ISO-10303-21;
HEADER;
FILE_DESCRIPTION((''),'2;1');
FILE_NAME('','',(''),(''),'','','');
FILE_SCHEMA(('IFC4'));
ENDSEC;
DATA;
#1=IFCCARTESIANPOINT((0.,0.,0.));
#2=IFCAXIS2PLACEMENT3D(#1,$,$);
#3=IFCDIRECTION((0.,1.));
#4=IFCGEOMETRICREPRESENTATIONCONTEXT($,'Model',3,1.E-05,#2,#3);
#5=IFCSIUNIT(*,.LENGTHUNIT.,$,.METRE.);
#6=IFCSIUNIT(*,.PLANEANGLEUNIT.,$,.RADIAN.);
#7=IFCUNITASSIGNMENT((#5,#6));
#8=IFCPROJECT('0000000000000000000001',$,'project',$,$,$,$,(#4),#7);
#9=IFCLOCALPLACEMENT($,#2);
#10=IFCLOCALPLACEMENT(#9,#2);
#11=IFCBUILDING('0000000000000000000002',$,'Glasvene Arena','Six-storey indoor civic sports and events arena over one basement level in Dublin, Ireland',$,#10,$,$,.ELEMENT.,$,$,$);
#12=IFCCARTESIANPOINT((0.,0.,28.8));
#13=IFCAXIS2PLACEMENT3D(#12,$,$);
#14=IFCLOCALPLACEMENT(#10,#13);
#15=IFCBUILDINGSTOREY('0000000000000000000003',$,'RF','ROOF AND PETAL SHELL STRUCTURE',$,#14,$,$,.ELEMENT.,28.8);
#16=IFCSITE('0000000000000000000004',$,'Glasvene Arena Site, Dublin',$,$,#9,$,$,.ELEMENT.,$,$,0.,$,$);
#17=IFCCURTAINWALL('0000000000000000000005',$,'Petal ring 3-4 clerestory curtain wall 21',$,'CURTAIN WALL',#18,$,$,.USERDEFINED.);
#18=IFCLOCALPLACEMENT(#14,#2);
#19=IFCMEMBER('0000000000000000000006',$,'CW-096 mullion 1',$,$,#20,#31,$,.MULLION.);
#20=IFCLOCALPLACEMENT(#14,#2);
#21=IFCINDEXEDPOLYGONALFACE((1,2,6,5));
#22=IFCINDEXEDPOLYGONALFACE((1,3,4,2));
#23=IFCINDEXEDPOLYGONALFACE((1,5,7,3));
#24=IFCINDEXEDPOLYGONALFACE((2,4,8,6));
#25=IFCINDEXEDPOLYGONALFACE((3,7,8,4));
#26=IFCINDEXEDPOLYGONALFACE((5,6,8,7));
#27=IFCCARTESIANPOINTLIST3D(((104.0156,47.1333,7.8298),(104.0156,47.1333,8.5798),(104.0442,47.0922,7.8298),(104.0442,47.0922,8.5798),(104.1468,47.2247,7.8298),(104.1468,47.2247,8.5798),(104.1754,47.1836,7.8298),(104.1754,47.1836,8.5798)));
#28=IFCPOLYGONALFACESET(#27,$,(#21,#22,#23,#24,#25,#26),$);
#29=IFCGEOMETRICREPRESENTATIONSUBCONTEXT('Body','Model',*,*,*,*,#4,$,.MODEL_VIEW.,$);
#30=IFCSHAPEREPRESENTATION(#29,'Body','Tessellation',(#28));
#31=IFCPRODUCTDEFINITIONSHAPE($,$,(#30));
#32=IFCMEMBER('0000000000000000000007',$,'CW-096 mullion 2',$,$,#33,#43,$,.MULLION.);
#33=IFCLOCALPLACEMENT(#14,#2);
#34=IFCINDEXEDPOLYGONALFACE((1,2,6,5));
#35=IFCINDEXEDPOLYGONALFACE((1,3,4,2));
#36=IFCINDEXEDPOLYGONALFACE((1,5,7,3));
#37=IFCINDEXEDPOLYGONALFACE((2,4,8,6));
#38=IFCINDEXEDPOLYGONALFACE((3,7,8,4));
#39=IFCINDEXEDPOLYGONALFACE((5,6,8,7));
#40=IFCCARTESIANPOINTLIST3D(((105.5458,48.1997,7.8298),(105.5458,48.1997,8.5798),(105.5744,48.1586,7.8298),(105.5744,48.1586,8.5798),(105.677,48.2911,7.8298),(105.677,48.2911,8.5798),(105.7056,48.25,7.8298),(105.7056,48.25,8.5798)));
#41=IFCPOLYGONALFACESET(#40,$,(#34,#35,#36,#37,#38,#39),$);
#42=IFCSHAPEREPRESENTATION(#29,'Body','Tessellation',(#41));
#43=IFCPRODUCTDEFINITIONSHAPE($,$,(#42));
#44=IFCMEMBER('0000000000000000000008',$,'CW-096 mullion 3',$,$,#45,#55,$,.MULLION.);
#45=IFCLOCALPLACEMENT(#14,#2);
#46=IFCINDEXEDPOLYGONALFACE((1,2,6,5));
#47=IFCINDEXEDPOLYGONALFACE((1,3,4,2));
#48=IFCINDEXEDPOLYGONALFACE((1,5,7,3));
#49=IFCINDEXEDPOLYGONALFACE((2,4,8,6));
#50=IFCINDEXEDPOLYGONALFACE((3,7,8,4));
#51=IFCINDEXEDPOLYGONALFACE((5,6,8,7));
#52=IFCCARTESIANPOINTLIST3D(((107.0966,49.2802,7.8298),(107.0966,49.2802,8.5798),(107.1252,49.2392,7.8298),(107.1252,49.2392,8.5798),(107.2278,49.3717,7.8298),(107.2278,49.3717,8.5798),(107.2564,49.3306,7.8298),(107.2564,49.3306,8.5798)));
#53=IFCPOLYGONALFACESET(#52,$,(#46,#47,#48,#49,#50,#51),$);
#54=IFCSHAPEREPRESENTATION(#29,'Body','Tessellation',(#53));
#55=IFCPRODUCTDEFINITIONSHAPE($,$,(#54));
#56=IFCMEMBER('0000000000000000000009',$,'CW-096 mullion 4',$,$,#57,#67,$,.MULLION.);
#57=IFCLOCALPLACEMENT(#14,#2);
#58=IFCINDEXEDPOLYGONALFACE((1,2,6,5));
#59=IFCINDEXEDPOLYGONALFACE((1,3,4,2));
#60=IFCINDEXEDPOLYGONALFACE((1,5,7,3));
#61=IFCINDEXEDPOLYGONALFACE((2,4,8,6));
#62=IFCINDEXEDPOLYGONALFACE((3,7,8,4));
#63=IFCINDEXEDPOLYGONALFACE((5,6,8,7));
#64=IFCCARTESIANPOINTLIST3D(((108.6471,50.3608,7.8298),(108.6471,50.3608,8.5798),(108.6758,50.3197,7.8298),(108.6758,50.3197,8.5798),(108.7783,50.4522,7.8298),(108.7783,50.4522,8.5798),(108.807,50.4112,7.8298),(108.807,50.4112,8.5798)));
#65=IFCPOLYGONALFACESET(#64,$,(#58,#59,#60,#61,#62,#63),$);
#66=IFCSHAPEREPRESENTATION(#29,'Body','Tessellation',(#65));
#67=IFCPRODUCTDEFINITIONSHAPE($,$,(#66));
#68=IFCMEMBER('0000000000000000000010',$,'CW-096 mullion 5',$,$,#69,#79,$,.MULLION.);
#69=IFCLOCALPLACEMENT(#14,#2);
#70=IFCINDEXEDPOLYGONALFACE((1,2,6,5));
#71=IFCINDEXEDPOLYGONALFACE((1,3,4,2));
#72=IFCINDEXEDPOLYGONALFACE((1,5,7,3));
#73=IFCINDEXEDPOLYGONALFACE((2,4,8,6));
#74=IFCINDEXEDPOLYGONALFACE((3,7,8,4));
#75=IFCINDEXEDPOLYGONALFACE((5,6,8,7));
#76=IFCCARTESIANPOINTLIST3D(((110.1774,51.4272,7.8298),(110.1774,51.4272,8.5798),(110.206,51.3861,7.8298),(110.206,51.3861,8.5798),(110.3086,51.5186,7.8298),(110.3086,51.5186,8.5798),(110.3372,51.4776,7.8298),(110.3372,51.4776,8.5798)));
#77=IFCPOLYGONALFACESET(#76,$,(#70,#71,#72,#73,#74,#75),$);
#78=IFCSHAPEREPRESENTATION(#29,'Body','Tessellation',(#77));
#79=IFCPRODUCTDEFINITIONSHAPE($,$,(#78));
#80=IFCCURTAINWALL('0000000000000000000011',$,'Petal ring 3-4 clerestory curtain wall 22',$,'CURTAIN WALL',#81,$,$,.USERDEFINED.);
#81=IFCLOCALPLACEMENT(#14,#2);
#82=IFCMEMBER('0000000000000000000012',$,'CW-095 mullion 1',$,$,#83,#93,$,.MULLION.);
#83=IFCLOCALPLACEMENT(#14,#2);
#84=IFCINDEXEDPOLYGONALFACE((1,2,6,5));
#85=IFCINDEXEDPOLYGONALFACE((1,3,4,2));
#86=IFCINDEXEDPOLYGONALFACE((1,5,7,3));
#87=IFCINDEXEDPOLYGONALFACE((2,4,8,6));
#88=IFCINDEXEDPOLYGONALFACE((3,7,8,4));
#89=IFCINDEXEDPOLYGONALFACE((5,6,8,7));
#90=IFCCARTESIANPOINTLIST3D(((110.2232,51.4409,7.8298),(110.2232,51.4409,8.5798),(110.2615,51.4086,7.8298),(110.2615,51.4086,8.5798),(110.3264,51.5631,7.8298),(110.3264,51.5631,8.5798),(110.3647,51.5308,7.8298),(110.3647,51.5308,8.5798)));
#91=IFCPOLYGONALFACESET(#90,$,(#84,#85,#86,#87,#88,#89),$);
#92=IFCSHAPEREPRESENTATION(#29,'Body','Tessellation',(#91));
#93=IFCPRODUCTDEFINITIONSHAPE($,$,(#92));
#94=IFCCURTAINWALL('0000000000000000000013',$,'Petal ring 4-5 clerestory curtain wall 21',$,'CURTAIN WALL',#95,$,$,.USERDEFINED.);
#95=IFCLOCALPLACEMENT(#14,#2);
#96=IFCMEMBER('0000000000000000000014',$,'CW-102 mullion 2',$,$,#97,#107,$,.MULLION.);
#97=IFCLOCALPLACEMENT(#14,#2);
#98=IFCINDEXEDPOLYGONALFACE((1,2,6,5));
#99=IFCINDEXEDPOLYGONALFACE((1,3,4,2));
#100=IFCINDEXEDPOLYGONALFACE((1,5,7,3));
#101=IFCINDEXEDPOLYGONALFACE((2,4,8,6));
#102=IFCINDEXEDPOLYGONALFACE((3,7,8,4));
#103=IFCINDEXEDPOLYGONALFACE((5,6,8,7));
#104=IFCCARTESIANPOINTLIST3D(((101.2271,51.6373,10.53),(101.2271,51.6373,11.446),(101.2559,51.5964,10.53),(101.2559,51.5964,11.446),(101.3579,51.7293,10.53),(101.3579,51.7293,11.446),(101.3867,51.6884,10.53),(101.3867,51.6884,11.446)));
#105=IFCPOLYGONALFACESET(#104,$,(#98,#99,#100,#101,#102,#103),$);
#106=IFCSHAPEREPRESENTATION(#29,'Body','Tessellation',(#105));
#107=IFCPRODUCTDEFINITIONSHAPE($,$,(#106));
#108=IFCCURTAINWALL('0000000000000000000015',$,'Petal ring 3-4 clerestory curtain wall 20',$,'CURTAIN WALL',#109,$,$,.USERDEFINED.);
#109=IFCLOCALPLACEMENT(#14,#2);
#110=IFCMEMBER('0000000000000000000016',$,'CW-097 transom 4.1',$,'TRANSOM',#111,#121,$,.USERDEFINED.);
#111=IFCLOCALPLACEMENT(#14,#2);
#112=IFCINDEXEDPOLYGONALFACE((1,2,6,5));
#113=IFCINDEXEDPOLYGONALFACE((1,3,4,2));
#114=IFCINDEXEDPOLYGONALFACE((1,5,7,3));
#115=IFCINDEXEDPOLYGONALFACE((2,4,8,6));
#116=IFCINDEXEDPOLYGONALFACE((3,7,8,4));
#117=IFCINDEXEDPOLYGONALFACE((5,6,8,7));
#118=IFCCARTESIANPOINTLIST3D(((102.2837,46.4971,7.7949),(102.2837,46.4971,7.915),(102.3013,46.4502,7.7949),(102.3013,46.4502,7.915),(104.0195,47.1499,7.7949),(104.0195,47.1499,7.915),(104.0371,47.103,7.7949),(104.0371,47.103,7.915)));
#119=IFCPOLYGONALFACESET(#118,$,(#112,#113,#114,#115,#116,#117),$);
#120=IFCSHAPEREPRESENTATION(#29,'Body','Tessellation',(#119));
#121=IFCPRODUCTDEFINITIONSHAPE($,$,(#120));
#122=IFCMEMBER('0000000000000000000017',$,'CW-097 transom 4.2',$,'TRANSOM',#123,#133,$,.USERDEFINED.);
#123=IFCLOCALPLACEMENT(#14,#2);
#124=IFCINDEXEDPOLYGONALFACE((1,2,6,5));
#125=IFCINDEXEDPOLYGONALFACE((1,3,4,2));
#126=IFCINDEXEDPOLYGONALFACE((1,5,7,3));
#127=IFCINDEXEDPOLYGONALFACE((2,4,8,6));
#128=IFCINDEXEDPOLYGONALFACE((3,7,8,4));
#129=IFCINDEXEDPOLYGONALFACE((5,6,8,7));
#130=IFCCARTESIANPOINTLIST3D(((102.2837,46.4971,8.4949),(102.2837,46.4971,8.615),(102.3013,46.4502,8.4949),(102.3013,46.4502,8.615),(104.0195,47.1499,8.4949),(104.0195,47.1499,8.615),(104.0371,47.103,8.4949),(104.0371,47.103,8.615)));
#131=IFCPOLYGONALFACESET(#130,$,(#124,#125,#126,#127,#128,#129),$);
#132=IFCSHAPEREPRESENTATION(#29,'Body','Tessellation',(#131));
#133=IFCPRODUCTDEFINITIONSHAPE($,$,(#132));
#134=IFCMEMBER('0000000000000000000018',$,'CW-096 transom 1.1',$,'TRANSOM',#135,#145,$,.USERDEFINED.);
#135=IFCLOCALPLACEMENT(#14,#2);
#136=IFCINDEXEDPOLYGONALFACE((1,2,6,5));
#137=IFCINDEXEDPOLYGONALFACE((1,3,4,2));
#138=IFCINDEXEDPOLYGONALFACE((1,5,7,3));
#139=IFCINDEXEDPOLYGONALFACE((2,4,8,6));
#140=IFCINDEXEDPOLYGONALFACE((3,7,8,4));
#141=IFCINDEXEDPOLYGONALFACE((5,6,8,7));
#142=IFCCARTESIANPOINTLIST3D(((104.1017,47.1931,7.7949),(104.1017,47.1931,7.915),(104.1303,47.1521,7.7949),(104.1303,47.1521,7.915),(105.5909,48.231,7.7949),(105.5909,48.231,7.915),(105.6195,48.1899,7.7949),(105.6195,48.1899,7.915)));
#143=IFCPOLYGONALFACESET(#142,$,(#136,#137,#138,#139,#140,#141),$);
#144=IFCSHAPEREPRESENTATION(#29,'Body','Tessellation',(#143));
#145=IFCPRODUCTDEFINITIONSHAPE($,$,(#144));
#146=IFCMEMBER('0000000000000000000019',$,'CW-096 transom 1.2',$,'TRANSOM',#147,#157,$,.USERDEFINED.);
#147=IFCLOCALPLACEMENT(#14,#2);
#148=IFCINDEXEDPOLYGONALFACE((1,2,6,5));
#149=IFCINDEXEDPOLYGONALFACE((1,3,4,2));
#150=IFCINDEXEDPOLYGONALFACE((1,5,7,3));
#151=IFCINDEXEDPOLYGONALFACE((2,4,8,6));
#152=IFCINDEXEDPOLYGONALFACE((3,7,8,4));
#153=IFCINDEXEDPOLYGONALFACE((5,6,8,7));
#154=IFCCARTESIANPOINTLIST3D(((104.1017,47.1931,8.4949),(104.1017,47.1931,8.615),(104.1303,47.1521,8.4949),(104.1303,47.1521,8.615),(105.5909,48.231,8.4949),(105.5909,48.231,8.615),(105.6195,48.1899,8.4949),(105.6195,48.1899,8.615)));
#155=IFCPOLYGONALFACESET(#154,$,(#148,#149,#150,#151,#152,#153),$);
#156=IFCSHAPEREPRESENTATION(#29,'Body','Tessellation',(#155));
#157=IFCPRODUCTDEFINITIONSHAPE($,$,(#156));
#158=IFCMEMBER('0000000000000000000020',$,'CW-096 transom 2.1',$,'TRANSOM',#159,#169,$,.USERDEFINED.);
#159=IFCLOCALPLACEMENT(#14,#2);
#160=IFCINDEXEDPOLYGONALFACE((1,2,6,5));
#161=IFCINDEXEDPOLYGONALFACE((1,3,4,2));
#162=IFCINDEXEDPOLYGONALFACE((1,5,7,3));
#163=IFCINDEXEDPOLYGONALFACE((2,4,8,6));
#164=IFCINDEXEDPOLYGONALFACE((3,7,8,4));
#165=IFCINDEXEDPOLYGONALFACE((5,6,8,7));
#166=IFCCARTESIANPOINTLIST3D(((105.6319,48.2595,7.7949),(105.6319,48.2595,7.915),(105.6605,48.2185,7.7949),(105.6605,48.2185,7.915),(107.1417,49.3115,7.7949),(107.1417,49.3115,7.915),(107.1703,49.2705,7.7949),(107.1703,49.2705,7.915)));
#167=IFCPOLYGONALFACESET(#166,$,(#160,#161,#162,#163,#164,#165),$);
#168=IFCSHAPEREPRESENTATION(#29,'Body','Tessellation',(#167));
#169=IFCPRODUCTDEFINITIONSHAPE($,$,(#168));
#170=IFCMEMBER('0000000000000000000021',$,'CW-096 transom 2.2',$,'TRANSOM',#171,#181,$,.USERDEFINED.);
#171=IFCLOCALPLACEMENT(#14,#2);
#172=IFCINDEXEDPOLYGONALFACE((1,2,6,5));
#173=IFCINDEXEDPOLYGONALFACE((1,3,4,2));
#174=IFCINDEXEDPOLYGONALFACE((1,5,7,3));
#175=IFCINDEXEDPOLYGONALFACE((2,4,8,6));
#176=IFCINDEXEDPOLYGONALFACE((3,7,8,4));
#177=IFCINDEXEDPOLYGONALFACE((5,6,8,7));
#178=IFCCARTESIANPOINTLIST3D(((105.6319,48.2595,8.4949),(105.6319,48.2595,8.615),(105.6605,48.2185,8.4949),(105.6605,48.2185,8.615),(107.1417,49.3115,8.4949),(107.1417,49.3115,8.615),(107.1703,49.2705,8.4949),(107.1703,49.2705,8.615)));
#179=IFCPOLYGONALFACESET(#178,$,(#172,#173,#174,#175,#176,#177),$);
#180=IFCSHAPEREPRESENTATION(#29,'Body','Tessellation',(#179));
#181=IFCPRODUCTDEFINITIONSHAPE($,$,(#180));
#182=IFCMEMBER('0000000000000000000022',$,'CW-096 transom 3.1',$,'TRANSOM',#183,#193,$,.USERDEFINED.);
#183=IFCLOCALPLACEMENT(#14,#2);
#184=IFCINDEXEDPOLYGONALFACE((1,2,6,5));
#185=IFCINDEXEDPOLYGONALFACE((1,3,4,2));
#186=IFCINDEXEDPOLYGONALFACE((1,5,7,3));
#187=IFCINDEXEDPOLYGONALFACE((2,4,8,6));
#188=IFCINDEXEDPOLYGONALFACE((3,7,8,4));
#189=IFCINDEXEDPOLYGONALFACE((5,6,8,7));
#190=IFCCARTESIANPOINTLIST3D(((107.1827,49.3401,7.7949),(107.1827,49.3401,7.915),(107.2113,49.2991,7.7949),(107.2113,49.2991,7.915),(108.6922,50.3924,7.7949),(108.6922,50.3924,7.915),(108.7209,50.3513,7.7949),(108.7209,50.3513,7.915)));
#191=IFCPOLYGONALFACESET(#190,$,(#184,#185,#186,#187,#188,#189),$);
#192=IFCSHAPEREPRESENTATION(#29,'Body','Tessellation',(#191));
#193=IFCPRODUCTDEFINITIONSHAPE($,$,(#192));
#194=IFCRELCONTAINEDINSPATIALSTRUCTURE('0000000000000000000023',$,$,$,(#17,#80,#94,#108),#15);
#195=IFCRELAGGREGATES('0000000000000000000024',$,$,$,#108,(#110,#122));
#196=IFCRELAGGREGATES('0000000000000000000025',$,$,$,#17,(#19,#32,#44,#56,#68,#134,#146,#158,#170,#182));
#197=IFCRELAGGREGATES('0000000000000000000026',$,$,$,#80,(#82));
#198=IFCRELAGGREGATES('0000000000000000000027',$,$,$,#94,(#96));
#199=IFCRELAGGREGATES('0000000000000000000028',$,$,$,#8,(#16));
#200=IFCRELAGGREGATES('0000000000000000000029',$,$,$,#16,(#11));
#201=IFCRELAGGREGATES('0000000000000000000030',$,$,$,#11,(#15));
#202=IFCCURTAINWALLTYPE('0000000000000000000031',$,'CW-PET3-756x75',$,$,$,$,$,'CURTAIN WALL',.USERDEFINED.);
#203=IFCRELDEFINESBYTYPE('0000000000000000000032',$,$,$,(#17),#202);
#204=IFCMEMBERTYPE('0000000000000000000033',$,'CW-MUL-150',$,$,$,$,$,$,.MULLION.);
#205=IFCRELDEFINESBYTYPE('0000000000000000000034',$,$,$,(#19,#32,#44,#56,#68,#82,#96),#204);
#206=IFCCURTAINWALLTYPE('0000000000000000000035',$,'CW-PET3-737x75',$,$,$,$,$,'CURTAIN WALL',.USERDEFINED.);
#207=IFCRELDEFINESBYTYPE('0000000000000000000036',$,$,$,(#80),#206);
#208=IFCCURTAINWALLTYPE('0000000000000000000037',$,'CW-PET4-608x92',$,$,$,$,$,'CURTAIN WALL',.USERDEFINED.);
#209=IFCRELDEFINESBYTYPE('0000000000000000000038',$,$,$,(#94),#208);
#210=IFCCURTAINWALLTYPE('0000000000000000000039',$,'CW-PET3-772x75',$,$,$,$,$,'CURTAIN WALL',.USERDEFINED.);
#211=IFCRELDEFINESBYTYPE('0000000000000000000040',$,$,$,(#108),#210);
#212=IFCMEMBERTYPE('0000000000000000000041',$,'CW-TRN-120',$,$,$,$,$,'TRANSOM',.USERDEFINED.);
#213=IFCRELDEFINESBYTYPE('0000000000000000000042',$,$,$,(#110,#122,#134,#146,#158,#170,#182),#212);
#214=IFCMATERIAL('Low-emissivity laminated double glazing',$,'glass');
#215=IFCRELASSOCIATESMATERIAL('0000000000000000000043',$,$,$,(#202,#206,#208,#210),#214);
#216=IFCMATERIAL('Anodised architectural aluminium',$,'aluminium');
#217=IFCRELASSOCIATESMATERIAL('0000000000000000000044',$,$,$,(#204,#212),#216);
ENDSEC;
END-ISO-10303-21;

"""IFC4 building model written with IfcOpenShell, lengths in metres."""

from ifc_helpers import new_model, si_unit, direction, frame, origin, origin_2d, place, context, subcontext, project, spatial, rectangle, extrude, material, material_profile, profile_set, type_object, element, aggregate, save


model = new_model("IFC4")

# Units and contexts
model_context = context("Model", 3, precision=1e-05, world=origin(), true_north=direction((0.0, 1.0)))
body_context = subcontext(model_context, "Body", "Model", "MODEL_VIEW")
ifc_project = project(units=[si_unit("LENGTHUNIT", "METRE"), si_unit("PLANEANGLEUNIT", "RADIAN")], contexts=[model_context])

# Site, building, storey
site_placement = place(None, origin())
site = spatial("IfcSite", under=ifc_project, at=site_placement, Name="Glasvene Arena Site, Dublin", CompositionType="ELEMENT", RefElevation=0.0)
building_placement = place(site_placement, origin())
building = spatial("IfcBuilding", under=site, at=building_placement, Name="Glasvene Arena", Description="Six-storey indoor civic sports and events arena over one basement level in Dublin, Ireland", CompositionType="ELEMENT")
storey_placement = place(building_placement, frame((0.0, 0.0, 28.8)))
storey = spatial("IfcBuildingStorey", under=building, at=storey_placement, Name="RF", Description="ROOF AND PETAL SHELL STRUCTURE", CompositionType="ELEMENT", Elevation=28.8)

# Curtain wall, members
ifc_material_1 = material(Name="Low-emissivity laminated double glazing", Category="glass")
curtain_wall_type_1 = type_object("IfcCurtainWallType", Name="CW-PET3-756x75", ElementType="CURTAIN WALL", PredefinedType="USERDEFINED", material=ifc_material_1)
curtain_wall_1_placement = place(storey_placement, frame((104.075, 47.144, 0.0)))
curtain_wall_1 = element("IfcCurtainWall", 1, at=curtain_wall_1_placement, inside=storey, type_object=curtain_wall_type_1, Name="Petal ring 3-4 clerestory curtain wall 21", ObjectType="CURTAIN WALL", PredefinedType="USERDEFINED")
ifc_material_2 = material(Name="Anodised architectural aluminium", Category="aluminium")
ifc_material_profile_1 = material_profile(ifc_material_2, rectangle(XDim=0.05, YDim=0.1599, at=origin_2d()), Name="ALU MULLION 50x160")
ifc_profile_set_1 = profile_set([ifc_material_profile_1], Name="Anodised architectural aluminium")
member_type_1 = type_object("IfcMemberType", Name="CW-MUL-150", PredefinedType="MULLION", material=ifc_profile_set_1)
member_1_placement = place(storey_placement, frame((104.0955, 47.1584, 7.8298), z_axis=(0.0, 0.0, 1.0), x_axis=(-0.571742, 0.820433, 0.0)))
member_1 = element("IfcMember", 2, at=member_1_placement, type_object=member_type_1, Name="CW-096 mullion 1", PredefinedType="MULLION", context=body_context, shape_type="SweptSolid", body=[
    extrude(rectangle(XDim=0.05, YDim=0.1599, at=origin_2d()), origin(), (0.0, 0.0, 1.0), 0.75),
])
member_2_placement = place(storey_placement, frame((105.6257, 48.2249, 7.8298), z_axis=(0.0, 0.0, 1.0), x_axis=(-0.571742, 0.820433, 0.0)))
member_2 = element("IfcMember", 3, at=member_2_placement, type_object=member_type_1, Name="CW-096 mullion 2", PredefinedType="MULLION", context=body_context, shape_type="SweptSolid", body=[
    extrude(rectangle(XDim=0.05, YDim=0.1599, at=origin_2d()), origin(), (0.0, 0.0, 1.0), 0.75),
])
member_3_placement = place(storey_placement, frame((107.1765, 49.3054, 7.8298), z_axis=(0.0, 0.0, 1.0), x_axis=(-0.571742, 0.820433, 0.0)))
member_3 = element("IfcMember", 4, at=member_3_placement, type_object=member_type_1, Name="CW-096 mullion 3", PredefinedType="MULLION", context=body_context, shape_type="SweptSolid", body=[
    extrude(rectangle(XDim=0.05, YDim=0.1599, at=origin_2d()), origin(), (0.0, 0.0, 1.0), 0.75),
])
member_4_placement = place(storey_placement, frame((108.7271, 50.386, 7.8298), z_axis=(0.0, 0.0, 1.0), x_axis=(-0.571742, 0.820433, 0.0)))
member_4 = element("IfcMember", 5, at=member_4_placement, type_object=member_type_1, Name="CW-096 mullion 4", PredefinedType="MULLION", context=body_context, shape_type="SweptSolid", body=[
    extrude(rectangle(XDim=0.05, YDim=0.1599, at=origin_2d()), origin(), (0.0, 0.0, 1.0), 0.75),
])
member_5_placement = place(storey_placement, frame((110.2573, 51.4524, 7.8298), z_axis=(0.0, 0.0, 1.0), x_axis=(-0.571742, 0.820433, 0.0)))
member_5 = element("IfcMember", 6, at=member_5_placement, type_object=member_type_1, Name="CW-096 mullion 5", PredefinedType="MULLION", context=body_context, shape_type="SweptSolid", body=[
    extrude(rectangle(XDim=0.05, YDim=0.1599, at=origin_2d()), origin(), (0.0, 0.0, 1.0), 0.75),
])

# Curtain walls, members
curtain_wall_type_2 = type_object("IfcCurtainWallType", Name="CW-PET3-737x75", ElementType="CURTAIN WALL", PredefinedType="USERDEFINED", material=ifc_material_1)
curtain_wall_2_placement = place(storey_placement, frame((110.2778, 51.4668, 0.0)))
curtain_wall_2 = element("IfcCurtainWall", 7, at=curtain_wall_2_placement, inside=storey, type_object=curtain_wall_type_2, Name="Petal ring 3-4 clerestory curtain wall 22", ObjectType="CURTAIN WALL", PredefinedType="USERDEFINED")
member_6_placement = place(storey_placement, frame((110.2939, 51.4858, 7.8298), z_axis=(0.0, 0.0, 1.0), x_axis=(-0.76385, 0.645394, 0.0)))
member_6 = element("IfcMember", 8, at=member_6_placement, type_object=member_type_1, Name="CW-095 mullion 1", PredefinedType="MULLION", context=body_context, shape_type="SweptSolid", body=[
    extrude(rectangle(XDim=0.05, YDim=0.1599, at=origin_2d()), origin(), (0.0, 0.0, 1.0), 0.75),
])
curtain_wall_type_3 = type_object("IfcCurtainWallType", Name="CW-PET4-608x92", ElementType="CURTAIN WALL", PredefinedType="USERDEFINED", material=ifc_material_1)
curtain_wall_3_placement = place(storey_placement, frame((99.6499, 50.4973, 0.0)))
curtain_wall_3 = element("IfcCurtainWall", 9, at=curtain_wall_3_placement, inside=storey, type_object=curtain_wall_type_3, Name="Petal ring 4-5 clerestory curtain wall 21", ObjectType="CURTAIN WALL", PredefinedType="USERDEFINED")
member_7_placement = place(storey_placement, frame((101.3069, 51.6628, 10.53), z_axis=(0.0, 0.0, 1.0), x_axis=(-0.575325, 0.817925, 0.0)))
member_7 = element("IfcMember", 10, at=member_7_placement, type_object=member_type_1, Name="CW-102 mullion 2", PredefinedType="MULLION", context=body_context, shape_type="SweptSolid", body=[
    extrude(rectangle(XDim=0.05, YDim=0.1599, at=origin_2d()), origin(), (0.0, 0.0, 1.0), 0.916),
])

# Curtain wall, members
curtain_wall_type_4 = type_object("IfcCurtainWallType", Name="CW-PET3-772x75", ElementType="CURTAIN WALL", PredefinedType="USERDEFINED", material=ifc_material_1)
curtain_wall_4_placement = place(storey_placement, frame((96.8516, 44.4268, 0.0)))
curtain_wall_4 = element("IfcCurtainWall", 11, at=curtain_wall_4_placement, inside=storey, type_object=curtain_wall_type_4, Name="Petal ring 3-4 clerestory curtain wall 20", ObjectType="CURTAIN WALL", PredefinedType="USERDEFINED")
ifc_material_profile_2 = material_profile(ifc_material_2, rectangle(XDim=0.05, YDim=0.1201, at=origin_2d()), Name="ALU TRANSOM 50x120")
ifc_profile_set_2 = profile_set([ifc_material_profile_2], Name="Anodised architectural aluminium")
member_type_2 = type_object("IfcMemberType", Name="CW-TRN-120", ElementType="TRANSOM", PredefinedType="USERDEFINED", material=ifc_profile_set_2)
member_8_placement = place(storey_placement, frame((102.2925, 46.4736, 7.855), z_axis=(0.935993, 0.352018, 0.0), x_axis=(-0.352018, 0.935993, 0.0)))
member_8 = element("IfcMember", 12, at=member_8_placement, type_object=member_type_2, Name="CW-097 transom 4.1", ObjectType="TRANSOM", PredefinedType="USERDEFINED", context=body_context, shape_type="SweptSolid", body=[
    extrude(rectangle(XDim=0.05, YDim=0.1201, at=origin_2d()), origin(), (0.0, 0.0, 1.0), 1.8545),
])
member_9_placement = place(storey_placement, frame((102.2925, 46.4736, 8.5549), z_axis=(0.935993, 0.352018, 0.0), x_axis=(-0.352018, 0.935993, 0.0)))
member_9 = element("IfcMember", 13, at=member_9_placement, type_object=member_type_2, Name="CW-097 transom 4.2", ObjectType="TRANSOM", PredefinedType="USERDEFINED", context=body_context, shape_type="SweptSolid", body=[
    extrude(rectangle(XDim=0.05, YDim=0.1201, at=origin_2d()), origin(), (0.0, 0.0, 1.0), 1.8545),
])

# Members
member_10_placement = place(storey_placement, frame((104.116, 47.1726, 7.855), z_axis=(0.820431, 0.571746, 0.0), x_axis=(-0.571746, 0.820431, 0.0)))
member_10 = element("IfcMember", 14, at=member_10_placement, type_object=member_type_2, Name="CW-096 transom 1.1", ObjectType="TRANSOM", PredefinedType="USERDEFINED", context=body_context, shape_type="SweptSolid", body=[
    extrude(rectangle(XDim=0.05, YDim=0.1201, at=origin_2d()), origin(), (0.0, 0.0, 1.0), 1.8152),
])
member_11_placement = place(storey_placement, frame((104.116, 47.1726, 8.5549), z_axis=(0.820431, 0.571746, 0.0), x_axis=(-0.571746, 0.820431, 0.0)))
member_11 = element("IfcMember", 15, at=member_11_placement, type_object=member_type_2, Name="CW-096 transom 1.2", ObjectType="TRANSOM", PredefinedType="USERDEFINED", context=body_context, shape_type="SweptSolid", body=[
    extrude(rectangle(XDim=0.05, YDim=0.1201, at=origin_2d()), origin(), (0.0, 0.0, 1.0), 1.8152),
])
member_12_placement = place(storey_placement, frame((105.6462, 48.239, 7.855), z_axis=(0.820464, 0.571698, 0.0), x_axis=(-0.571698, 0.820464, 0.0)))
member_12 = element("IfcMember", 16, at=member_12_placement, type_object=member_type_2, Name="CW-096 transom 2.1", ObjectType="TRANSOM", PredefinedType="USERDEFINED", context=body_context, shape_type="SweptSolid", body=[
    extrude(rectangle(XDim=0.05, YDim=0.1201, at=origin_2d()), origin(), (0.0, 0.0, 1.0), 1.8401),
])
member_13_placement = place(storey_placement, frame((105.6462, 48.239, 8.5549), z_axis=(0.820464, 0.571698, 0.0), x_axis=(-0.571698, 0.820464, 0.0)))
member_13 = element("IfcMember", 17, at=member_13_placement, type_object=member_type_2, Name="CW-096 transom 2.2", ObjectType="TRANSOM", PredefinedType="USERDEFINED", context=body_context, shape_type="SweptSolid", body=[
    extrude(rectangle(XDim=0.05, YDim=0.1201, at=origin_2d()), origin(), (0.0, 0.0, 1.0), 1.8401),
])
member_14_placement = place(storey_placement, frame((107.197, 49.3196, 7.855), z_axis=(0.820359, 0.571849, 0.0), x_axis=(-0.571849, 0.820359, 0.0)))
member_14 = element("IfcMember", 18, at=member_14_placement, type_object=member_type_2, Name="CW-096 transom 3.1", ObjectType="TRANSOM", PredefinedType="USERDEFINED", context=body_context, shape_type="SweptSolid", body=[
    extrude(rectangle(XDim=0.05, YDim=0.1201, at=origin_2d()), origin(), (0.0, 0.0, 1.0), 1.8401),
])

aggregate(curtain_wall_4, [member_8, member_9])
aggregate(curtain_wall_1, [member_1, member_2, member_3, member_4, member_5, member_10, member_11, member_12, member_13, member_14])
aggregate(curtain_wall_2, [member_6])
aggregate(curtain_wall_3, [member_7])

save(model, "model.ifc")
